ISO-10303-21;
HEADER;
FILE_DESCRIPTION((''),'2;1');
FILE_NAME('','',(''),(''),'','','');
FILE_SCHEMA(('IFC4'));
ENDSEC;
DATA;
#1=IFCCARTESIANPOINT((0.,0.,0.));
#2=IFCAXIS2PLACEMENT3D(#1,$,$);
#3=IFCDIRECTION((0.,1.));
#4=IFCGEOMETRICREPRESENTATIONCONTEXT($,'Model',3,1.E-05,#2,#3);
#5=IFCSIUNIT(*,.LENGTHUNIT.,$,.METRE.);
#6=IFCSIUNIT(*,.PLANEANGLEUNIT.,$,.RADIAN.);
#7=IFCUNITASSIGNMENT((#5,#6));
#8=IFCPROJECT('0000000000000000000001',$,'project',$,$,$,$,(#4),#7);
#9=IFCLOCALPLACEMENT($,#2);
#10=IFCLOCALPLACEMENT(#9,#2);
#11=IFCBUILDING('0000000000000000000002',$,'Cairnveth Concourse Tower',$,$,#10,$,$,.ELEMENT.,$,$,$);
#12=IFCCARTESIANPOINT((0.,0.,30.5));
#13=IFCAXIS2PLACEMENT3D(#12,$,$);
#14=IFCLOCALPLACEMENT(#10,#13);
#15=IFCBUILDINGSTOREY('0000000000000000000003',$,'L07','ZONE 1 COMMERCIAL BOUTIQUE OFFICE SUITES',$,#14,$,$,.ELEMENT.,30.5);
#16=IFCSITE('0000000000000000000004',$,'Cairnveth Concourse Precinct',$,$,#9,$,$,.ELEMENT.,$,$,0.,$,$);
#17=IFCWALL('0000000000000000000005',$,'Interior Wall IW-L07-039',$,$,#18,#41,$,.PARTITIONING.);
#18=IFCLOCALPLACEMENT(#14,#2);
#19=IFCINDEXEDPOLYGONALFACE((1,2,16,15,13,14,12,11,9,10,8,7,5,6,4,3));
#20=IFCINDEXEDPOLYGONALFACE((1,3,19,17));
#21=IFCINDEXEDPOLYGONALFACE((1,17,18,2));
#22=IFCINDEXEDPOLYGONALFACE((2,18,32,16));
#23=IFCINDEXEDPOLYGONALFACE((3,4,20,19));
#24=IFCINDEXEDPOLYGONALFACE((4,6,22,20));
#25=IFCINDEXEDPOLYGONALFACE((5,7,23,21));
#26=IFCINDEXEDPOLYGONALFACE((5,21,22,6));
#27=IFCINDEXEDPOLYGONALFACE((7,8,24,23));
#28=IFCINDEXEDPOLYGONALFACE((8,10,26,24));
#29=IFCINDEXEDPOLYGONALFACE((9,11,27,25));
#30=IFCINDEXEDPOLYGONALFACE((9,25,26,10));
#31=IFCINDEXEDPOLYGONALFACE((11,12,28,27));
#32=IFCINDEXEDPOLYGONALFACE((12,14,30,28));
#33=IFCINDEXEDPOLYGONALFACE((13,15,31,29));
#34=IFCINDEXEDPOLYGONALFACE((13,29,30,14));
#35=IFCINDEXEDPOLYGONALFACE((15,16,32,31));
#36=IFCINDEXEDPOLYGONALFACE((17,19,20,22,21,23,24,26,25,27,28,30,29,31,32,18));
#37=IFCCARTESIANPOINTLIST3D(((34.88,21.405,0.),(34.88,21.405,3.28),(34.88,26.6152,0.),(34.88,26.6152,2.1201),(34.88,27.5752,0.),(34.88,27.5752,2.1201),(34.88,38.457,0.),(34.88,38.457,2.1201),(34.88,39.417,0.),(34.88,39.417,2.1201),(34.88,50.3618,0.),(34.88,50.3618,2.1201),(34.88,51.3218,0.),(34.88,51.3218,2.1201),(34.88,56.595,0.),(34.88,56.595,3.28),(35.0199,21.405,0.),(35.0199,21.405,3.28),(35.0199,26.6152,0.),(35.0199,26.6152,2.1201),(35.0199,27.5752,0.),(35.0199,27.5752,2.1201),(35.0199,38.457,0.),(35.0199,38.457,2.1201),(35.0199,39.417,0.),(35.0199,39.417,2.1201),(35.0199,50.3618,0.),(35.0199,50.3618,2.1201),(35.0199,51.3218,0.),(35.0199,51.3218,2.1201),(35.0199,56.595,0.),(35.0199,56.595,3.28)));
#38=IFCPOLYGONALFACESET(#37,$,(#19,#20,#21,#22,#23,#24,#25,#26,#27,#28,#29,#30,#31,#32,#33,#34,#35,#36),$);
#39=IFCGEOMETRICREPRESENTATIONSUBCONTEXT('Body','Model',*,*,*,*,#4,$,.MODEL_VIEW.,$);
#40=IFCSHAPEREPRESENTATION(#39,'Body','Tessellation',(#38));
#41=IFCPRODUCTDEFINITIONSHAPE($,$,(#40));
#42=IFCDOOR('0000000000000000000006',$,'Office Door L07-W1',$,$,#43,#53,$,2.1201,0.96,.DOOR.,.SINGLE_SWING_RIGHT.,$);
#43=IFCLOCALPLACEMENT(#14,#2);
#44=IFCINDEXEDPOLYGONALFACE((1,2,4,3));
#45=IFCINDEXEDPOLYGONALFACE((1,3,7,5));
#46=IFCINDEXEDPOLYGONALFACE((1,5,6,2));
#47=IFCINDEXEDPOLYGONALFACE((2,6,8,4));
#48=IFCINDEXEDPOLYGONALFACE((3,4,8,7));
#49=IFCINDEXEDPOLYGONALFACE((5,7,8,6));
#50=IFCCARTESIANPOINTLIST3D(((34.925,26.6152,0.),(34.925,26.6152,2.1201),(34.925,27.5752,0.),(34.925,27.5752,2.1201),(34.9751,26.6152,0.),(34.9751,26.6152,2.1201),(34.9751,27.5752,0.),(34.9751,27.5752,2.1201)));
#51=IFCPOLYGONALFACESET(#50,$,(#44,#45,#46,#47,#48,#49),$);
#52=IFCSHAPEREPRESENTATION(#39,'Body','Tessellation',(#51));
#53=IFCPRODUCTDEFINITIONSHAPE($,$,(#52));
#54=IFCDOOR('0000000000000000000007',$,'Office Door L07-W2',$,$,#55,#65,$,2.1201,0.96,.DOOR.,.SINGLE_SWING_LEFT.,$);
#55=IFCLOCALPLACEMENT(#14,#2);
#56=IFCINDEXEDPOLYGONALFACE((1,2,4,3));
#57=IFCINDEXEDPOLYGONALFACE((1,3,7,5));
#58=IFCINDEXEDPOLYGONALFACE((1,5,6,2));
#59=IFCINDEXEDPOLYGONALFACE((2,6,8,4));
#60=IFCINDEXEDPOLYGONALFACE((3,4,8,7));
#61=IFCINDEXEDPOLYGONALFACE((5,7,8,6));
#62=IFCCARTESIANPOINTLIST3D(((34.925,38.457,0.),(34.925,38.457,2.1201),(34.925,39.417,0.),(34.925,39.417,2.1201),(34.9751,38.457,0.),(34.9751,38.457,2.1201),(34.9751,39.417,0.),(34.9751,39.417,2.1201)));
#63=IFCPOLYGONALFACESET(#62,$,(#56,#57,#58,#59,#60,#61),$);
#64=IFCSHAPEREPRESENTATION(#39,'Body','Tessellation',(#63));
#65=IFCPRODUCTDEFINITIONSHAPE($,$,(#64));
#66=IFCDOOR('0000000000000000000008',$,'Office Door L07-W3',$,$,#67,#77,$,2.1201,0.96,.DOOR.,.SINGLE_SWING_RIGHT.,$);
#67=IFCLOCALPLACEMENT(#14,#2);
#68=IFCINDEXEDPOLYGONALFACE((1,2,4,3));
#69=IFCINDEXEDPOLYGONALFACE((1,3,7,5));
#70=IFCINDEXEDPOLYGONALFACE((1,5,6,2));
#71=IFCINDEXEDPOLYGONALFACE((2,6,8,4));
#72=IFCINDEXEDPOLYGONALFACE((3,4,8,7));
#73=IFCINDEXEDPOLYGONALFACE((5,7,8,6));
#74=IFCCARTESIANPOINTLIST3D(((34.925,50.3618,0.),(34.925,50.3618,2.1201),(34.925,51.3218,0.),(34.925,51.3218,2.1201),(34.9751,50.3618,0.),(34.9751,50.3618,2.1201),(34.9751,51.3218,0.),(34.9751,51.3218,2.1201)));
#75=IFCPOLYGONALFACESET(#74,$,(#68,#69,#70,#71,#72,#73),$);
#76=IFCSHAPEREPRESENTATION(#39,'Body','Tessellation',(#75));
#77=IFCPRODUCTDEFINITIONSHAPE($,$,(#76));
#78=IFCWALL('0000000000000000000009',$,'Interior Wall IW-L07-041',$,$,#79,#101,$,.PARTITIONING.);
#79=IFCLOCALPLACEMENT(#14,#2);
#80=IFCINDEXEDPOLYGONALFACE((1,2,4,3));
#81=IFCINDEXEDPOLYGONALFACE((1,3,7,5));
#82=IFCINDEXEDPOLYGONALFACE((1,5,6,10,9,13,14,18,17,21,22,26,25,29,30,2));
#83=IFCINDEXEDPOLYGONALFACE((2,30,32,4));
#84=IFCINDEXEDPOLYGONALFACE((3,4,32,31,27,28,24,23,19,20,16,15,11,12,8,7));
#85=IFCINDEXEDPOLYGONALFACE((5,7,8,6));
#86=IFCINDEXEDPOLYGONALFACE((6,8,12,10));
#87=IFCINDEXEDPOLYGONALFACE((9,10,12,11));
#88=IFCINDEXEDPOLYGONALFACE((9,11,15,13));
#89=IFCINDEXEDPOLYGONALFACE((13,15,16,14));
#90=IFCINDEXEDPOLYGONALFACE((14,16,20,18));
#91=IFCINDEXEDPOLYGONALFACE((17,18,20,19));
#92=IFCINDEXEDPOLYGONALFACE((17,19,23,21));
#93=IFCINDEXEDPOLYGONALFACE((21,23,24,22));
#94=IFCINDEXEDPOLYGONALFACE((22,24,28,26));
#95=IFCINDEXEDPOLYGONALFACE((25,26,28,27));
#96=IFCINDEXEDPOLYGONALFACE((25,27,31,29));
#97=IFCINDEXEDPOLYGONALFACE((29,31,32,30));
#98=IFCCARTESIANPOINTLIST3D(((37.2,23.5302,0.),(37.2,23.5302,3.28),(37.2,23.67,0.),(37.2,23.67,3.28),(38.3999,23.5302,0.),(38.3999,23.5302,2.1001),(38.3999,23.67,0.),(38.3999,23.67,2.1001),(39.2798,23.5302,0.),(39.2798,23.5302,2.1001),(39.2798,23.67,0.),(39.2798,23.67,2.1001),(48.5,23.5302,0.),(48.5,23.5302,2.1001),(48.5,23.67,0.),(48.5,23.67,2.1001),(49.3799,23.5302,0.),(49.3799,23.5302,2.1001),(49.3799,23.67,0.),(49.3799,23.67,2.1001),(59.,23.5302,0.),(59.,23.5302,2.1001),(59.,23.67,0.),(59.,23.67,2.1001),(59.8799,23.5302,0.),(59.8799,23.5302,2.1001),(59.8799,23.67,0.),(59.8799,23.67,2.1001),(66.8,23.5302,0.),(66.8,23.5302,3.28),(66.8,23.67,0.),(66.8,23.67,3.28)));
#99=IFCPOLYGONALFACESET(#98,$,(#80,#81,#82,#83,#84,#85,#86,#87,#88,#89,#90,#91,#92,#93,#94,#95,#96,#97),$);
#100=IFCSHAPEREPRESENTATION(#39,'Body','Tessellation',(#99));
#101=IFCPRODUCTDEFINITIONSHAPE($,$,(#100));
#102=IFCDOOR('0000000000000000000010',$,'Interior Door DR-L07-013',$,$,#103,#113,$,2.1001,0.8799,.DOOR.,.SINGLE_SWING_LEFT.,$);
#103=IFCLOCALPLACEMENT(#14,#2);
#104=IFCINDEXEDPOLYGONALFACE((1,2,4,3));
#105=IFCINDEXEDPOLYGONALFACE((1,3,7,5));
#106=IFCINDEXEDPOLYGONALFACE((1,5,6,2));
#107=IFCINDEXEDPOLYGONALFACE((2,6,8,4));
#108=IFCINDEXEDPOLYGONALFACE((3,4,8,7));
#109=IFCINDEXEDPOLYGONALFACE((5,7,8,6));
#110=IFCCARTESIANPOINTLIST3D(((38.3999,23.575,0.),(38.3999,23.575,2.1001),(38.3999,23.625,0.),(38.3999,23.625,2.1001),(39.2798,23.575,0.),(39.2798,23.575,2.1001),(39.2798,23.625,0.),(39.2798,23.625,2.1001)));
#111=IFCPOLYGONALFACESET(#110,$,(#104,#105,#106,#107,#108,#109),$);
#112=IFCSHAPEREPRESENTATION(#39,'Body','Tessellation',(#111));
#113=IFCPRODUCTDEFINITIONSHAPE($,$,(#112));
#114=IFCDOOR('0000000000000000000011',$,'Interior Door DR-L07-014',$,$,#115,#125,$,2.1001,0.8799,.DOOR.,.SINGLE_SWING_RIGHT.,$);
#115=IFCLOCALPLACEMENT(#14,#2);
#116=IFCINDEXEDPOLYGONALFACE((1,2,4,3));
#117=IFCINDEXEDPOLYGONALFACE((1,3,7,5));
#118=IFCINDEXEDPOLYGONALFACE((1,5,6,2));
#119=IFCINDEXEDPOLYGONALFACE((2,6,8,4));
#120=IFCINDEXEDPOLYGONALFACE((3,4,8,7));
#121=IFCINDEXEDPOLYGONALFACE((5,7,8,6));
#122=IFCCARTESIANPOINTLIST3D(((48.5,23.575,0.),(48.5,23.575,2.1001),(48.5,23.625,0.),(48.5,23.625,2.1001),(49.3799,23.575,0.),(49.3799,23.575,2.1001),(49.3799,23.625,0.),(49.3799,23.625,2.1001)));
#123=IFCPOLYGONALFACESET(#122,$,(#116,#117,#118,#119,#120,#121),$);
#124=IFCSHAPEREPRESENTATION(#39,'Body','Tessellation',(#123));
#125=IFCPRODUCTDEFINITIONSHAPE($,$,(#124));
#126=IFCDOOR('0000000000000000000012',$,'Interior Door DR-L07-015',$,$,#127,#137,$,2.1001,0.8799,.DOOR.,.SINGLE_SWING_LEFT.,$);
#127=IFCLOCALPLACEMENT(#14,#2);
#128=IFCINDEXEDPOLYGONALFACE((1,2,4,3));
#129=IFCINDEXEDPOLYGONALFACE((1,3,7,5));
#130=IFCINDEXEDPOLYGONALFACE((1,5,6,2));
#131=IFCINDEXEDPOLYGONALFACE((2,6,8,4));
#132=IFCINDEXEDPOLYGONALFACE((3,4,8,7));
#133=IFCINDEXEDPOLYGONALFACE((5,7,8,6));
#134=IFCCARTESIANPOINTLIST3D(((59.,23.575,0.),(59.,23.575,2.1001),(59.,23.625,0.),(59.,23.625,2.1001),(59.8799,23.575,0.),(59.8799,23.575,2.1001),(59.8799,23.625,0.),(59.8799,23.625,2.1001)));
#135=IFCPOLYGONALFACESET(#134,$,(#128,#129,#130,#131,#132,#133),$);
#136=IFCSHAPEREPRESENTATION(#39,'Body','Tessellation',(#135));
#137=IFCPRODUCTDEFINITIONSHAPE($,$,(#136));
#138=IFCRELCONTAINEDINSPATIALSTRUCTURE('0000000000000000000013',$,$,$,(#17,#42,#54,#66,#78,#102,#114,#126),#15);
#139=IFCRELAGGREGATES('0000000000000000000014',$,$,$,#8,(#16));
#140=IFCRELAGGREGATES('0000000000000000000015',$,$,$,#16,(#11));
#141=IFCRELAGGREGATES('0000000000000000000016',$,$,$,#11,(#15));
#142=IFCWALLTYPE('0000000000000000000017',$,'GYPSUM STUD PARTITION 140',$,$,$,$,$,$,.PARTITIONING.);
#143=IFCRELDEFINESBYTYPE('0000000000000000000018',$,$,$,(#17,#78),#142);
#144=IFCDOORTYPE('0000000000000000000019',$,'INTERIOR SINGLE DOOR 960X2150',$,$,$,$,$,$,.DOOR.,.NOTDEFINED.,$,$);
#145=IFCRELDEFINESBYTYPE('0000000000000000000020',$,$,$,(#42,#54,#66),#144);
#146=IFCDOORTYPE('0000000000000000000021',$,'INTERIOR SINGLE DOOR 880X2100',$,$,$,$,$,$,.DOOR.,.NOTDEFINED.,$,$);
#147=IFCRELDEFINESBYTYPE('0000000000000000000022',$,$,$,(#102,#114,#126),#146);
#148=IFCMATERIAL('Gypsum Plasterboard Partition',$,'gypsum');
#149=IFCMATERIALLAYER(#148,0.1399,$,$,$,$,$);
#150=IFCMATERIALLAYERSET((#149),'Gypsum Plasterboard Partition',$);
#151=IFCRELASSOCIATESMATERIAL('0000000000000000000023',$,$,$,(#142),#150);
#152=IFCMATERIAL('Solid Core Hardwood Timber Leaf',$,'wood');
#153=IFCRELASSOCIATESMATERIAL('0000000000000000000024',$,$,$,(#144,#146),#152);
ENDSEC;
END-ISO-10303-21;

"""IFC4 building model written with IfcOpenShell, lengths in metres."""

from ifc_helpers import new_model, si_unit, direction, frame, frame_2d, origin, place, context, subcontext, project, spatial, rectangle, extrude, material, layer, layer_set, type_object, element, fill, save


model = new_model("IFC4")

# Units and contexts
model_context = context("Model", 3, precision=1e-05, world=origin(), true_north=direction((0.0, 1.0)))
body_context = subcontext(model_context, "Body", "Model", "MODEL_VIEW")
ifc_project = project(units=[si_unit("LENGTHUNIT", "METRE"), si_unit("PLANEANGLEUNIT", "RADIAN")], contexts=[model_context])

# Site, building, storey
site_placement = place(None, origin())
site = spatial("IfcSite", under=ifc_project, at=site_placement, Name="Cairnveth Concourse Precinct", CompositionType="ELEMENT", RefElevation=0.0)
building_placement = place(site_placement, origin())
building = spatial("IfcBuilding", under=site, at=building_placement, Name="Cairnveth Concourse Tower", CompositionType="ELEMENT")
storey_placement = place(building_placement, frame((0.0, 0.0, 30.5)))
storey = spatial("IfcBuildingStorey", under=building, at=storey_placement, Name="L07", Description="ZONE 1 COMMERCIAL BOUTIQUE OFFICE SUITES", CompositionType="ELEMENT", Elevation=30.5)

# Walls, openings, doors
ifc_material_1 = material(Name="Gypsum Plasterboard Partition", Category="gypsum")
ifc_layer_1 = layer(ifc_material_1, 0.1399)
ifc_layer_set_1 = layer_set([ifc_layer_1], Name="Gypsum Plasterboard Partition")
wall_type_1 = type_object("IfcWallType", Name="GYPSUM STUD PARTITION 140", PredefinedType="PARTITIONING", material=ifc_layer_set_1)
ifc_material_2 = material(Name="Solid Core Hardwood Timber Leaf", Category="wood")
door_type_1 = type_object("IfcDoorType", Name="INTERIOR SINGLE DOOR 960X2150", OperationType="NOTDEFINED", PredefinedType="DOOR", material=ifc_material_2)
wall_1_placement = place(storey_placement, frame((34.95, 21.405, 0.0), z_axis=(0.0, 0.0, 1.0), x_axis=(0.0, 1.0, 0.0)))
wall_1 = element("IfcWall", 1, at=wall_1_placement, inside=storey, type_object=wall_type_1, Name="Interior Wall IW-L07-039", PredefinedType="PARTITIONING", context=body_context, shape_type="SweptSolid", body=[
    extrude(rectangle(XDim=35.1899, YDim=0.1399, at=frame_2d((17.595, 0.0))), origin(), (0.0, 0.0, 1.0), 3.28),
])
opening_1_placement = place(wall_1_placement, frame((5.2102, 0.0, 0.0)))
opening_1 = element("IfcOpeningElement", 2, at=opening_1_placement, cuts=wall_1, PredefinedType="OPENING", context=body_context, shape_type="SweptSolid", body=[
    extrude(rectangle(XDim=0.96, YDim=2.1201, at=frame_2d((0.48, 1.0601))), frame((0.0, 0.0798, 0.0), z_axis=(0.0, -1.0, 0.0), x_axis=(1.0, 0.0, 0.0)), (0.0, 0.0, 1.0), 0.1599),
])
opening_2_placement = place(wall_1_placement, frame((17.052, 0.0, 0.0)))
opening_2 = element("IfcOpeningElement", 3, at=opening_2_placement, cuts=wall_1, PredefinedType="OPENING", context=body_context, shape_type="SweptSolid", body=[
    extrude(rectangle(XDim=0.96, YDim=2.1201, at=frame_2d((0.48, 1.0601))), frame((0.0, 0.0798, 0.0), z_axis=(0.0, -1.0, 0.0), x_axis=(1.0, 0.0, 0.0)), (0.0, 0.0, 1.0), 0.1599),
])
opening_3_placement = place(wall_1_placement, frame((28.9568, 0.0, 0.0)))
opening_3 = element("IfcOpeningElement", 4, at=opening_3_placement, cuts=wall_1, PredefinedType="OPENING", context=body_context, shape_type="SweptSolid", body=[
    extrude(rectangle(XDim=0.96, YDim=2.1201, at=frame_2d((0.48, 1.0601))), frame((0.0, 0.0798, 0.0), z_axis=(0.0, -1.0, 0.0), x_axis=(1.0, 0.0, 0.0)), (0.0, 0.0, 1.0), 0.1599),
])
door_1_placement = place(opening_1_placement, origin())
door_1 = element("IfcDoor", 5, at=door_1_placement, inside=storey, type_object=door_type_1, Name="Office Door L07-W1", OperationType="SINGLE_SWING_RIGHT", OverallHeight=2.1201, OverallWidth=0.96, PredefinedType="DOOR", context=body_context, shape_type="SweptSolid", body=[
    extrude(rectangle(XDim=0.96, YDim=2.1201, at=frame_2d((0.48, 1.0601))), frame((0.0, 0.0249, 0.0), z_axis=(0.0, -1.0, 0.0), x_axis=(1.0, 0.0, 0.0)), (0.0, 0.0, 1.0), 0.05),
])
fill(opening_1, door_1)
door_2_placement = place(opening_2_placement, origin())
door_2 = element("IfcDoor", 6, at=door_2_placement, inside=storey, type_object=door_type_1, Name="Office Door L07-W2", OperationType="SINGLE_SWING_LEFT", OverallHeight=2.1201, OverallWidth=0.96, PredefinedType="DOOR", context=body_context, shape_type="SweptSolid", body=[
    extrude(rectangle(XDim=0.96, YDim=2.1201, at=frame_2d((0.48, 1.0601))), frame((0.0, 0.0249, 0.0), z_axis=(0.0, -1.0, 0.0), x_axis=(1.0, 0.0, 0.0)), (0.0, 0.0, 1.0), 0.05),
])
fill(opening_2, door_2)
door_3_placement = place(opening_3_placement, origin())
door_3 = element("IfcDoor", 7, at=door_3_placement, inside=storey, type_object=door_type_1, Name="Office Door L07-W3", OperationType="SINGLE_SWING_RIGHT", OverallHeight=2.1201, OverallWidth=0.96, PredefinedType="DOOR", context=body_context, shape_type="SweptSolid", body=[
    extrude(rectangle(XDim=0.96, YDim=2.1201, at=frame_2d((0.48, 1.0601))), frame((0.0, 0.0249, 0.0), z_axis=(0.0, -1.0, 0.0), x_axis=(1.0, 0.0, 0.0)), (0.0, 0.0, 1.0), 0.05),
])
fill(opening_3, door_3)
wall_2_placement = place(storey_placement, frame((37.2, 23.6001, 0.0), z_axis=(0.0, 0.0, 1.0), x_axis=(1.0, 0.0, 0.0)))
wall_2 = element("IfcWall", 8, at=wall_2_placement, inside=storey, type_object=wall_type_1, Name="Interior Wall IW-L07-041", PredefinedType="PARTITIONING", context=body_context, shape_type="SweptSolid", body=[
    extrude(rectangle(XDim=29.6001, YDim=0.1399, at=frame_2d((14.8, 0.0))), origin(), (0.0, 0.0, 1.0), 3.28),
])
opening_4_placement = place(wall_2_placement, frame((1.2, 0.0, 0.0)))
opening_4 = element("IfcOpeningElement", 9, at=opening_4_placement, cuts=wall_2, PredefinedType="OPENING", context=body_context, shape_type="SweptSolid", body=[
    extrude(rectangle(XDim=0.8799, YDim=2.1001, at=frame_2d((0.4399, 1.05))), frame((0.0, 0.0798, 0.0), z_axis=(0.0, -1.0, 0.0), x_axis=(1.0, 0.0, 0.0)), (0.0, 0.0, 1.0), 0.1599),
])
opening_5_placement = place(wall_2_placement, frame((11.3, 0.0, 0.0)))
opening_5 = element("IfcOpeningElement", 10, at=opening_5_placement, cuts=wall_2, PredefinedType="OPENING", context=body_context, shape_type="SweptSolid", body=[
    extrude(rectangle(XDim=0.8799, YDim=2.1001, at=frame_2d((0.4399, 1.05))), frame((0.0, 0.0798, 0.0), z_axis=(0.0, -1.0, 0.0), x_axis=(1.0, 0.0, 0.0)), (0.0, 0.0, 1.0), 0.1599),
])
opening_6_placement = place(wall_2_placement, frame((21.8, 0.0, 0.0)))
opening_6 = element("IfcOpeningElement", 11, at=opening_6_placement, cuts=wall_2, PredefinedType="OPENING", context=body_context, shape_type="SweptSolid", body=[
    extrude(rectangle(XDim=0.8799, YDim=2.1001, at=frame_2d((0.4399, 1.05))), frame((0.0, 0.0798, 0.0), z_axis=(0.0, -1.0, 0.0), x_axis=(1.0, 0.0, 0.0)), (0.0, 0.0, 1.0), 0.1599),
])
door_type_2 = type_object("IfcDoorType", Name="INTERIOR SINGLE DOOR 880X2100", OperationType="NOTDEFINED", PredefinedType="DOOR", material=ifc_material_2)
door_4_placement = place(opening_4_placement, origin())
door_4 = element("IfcDoor", 12, at=door_4_placement, inside=storey, type_object=door_type_2, Name="Interior Door DR-L07-013", OperationType="SINGLE_SWING_LEFT", OverallHeight=2.1001, OverallWidth=0.8799, PredefinedType="DOOR", context=body_context, shape_type="SweptSolid", body=[
    extrude(rectangle(XDim=0.8799, YDim=2.1001, at=frame_2d((0.4399, 1.05))), frame((0.0, 0.0249, 0.0), z_axis=(0.0, -1.0, 0.0), x_axis=(1.0, 0.0, 0.0)), (0.0, 0.0, 1.0), 0.05),
])
fill(opening_4, door_4)
door_5_placement = place(opening_5_placement, origin())
door_5 = element("IfcDoor", 13, at=door_5_placement, inside=storey, type_object=door_type_2, Name="Interior Door DR-L07-014", OperationType="SINGLE_SWING_RIGHT", OverallHeight=2.1001, OverallWidth=0.8799, PredefinedType="DOOR", context=body_context, shape_type="SweptSolid", body=[
    extrude(rectangle(XDim=0.8799, YDim=2.1001, at=frame_2d((0.4399, 1.05))), frame((0.0, 0.0249, 0.0), z_axis=(0.0, -1.0, 0.0), x_axis=(1.0, 0.0, 0.0)), (0.0, 0.0, 1.0), 0.05),
])
fill(opening_5, door_5)
door_6_placement = place(opening_6_placement, origin())
door_6 = element("IfcDoor", 14, at=door_6_placement, inside=storey, type_object=door_type_2, Name="Interior Door DR-L07-015", OperationType="SINGLE_SWING_LEFT", OverallHeight=2.1001, OverallWidth=0.8799, PredefinedType="DOOR", context=body_context, shape_type="SweptSolid", body=[
    extrude(rectangle(XDim=0.8799, YDim=2.1001, at=frame_2d((0.4399, 1.05))), frame((0.0, 0.0249, 0.0), z_axis=(0.0, -1.0, 0.0), x_axis=(1.0, 0.0, 0.0)), (0.0, 0.0, 1.0), 0.05),
])
fill(opening_6, door_6)

save(model, "model.ifc")
